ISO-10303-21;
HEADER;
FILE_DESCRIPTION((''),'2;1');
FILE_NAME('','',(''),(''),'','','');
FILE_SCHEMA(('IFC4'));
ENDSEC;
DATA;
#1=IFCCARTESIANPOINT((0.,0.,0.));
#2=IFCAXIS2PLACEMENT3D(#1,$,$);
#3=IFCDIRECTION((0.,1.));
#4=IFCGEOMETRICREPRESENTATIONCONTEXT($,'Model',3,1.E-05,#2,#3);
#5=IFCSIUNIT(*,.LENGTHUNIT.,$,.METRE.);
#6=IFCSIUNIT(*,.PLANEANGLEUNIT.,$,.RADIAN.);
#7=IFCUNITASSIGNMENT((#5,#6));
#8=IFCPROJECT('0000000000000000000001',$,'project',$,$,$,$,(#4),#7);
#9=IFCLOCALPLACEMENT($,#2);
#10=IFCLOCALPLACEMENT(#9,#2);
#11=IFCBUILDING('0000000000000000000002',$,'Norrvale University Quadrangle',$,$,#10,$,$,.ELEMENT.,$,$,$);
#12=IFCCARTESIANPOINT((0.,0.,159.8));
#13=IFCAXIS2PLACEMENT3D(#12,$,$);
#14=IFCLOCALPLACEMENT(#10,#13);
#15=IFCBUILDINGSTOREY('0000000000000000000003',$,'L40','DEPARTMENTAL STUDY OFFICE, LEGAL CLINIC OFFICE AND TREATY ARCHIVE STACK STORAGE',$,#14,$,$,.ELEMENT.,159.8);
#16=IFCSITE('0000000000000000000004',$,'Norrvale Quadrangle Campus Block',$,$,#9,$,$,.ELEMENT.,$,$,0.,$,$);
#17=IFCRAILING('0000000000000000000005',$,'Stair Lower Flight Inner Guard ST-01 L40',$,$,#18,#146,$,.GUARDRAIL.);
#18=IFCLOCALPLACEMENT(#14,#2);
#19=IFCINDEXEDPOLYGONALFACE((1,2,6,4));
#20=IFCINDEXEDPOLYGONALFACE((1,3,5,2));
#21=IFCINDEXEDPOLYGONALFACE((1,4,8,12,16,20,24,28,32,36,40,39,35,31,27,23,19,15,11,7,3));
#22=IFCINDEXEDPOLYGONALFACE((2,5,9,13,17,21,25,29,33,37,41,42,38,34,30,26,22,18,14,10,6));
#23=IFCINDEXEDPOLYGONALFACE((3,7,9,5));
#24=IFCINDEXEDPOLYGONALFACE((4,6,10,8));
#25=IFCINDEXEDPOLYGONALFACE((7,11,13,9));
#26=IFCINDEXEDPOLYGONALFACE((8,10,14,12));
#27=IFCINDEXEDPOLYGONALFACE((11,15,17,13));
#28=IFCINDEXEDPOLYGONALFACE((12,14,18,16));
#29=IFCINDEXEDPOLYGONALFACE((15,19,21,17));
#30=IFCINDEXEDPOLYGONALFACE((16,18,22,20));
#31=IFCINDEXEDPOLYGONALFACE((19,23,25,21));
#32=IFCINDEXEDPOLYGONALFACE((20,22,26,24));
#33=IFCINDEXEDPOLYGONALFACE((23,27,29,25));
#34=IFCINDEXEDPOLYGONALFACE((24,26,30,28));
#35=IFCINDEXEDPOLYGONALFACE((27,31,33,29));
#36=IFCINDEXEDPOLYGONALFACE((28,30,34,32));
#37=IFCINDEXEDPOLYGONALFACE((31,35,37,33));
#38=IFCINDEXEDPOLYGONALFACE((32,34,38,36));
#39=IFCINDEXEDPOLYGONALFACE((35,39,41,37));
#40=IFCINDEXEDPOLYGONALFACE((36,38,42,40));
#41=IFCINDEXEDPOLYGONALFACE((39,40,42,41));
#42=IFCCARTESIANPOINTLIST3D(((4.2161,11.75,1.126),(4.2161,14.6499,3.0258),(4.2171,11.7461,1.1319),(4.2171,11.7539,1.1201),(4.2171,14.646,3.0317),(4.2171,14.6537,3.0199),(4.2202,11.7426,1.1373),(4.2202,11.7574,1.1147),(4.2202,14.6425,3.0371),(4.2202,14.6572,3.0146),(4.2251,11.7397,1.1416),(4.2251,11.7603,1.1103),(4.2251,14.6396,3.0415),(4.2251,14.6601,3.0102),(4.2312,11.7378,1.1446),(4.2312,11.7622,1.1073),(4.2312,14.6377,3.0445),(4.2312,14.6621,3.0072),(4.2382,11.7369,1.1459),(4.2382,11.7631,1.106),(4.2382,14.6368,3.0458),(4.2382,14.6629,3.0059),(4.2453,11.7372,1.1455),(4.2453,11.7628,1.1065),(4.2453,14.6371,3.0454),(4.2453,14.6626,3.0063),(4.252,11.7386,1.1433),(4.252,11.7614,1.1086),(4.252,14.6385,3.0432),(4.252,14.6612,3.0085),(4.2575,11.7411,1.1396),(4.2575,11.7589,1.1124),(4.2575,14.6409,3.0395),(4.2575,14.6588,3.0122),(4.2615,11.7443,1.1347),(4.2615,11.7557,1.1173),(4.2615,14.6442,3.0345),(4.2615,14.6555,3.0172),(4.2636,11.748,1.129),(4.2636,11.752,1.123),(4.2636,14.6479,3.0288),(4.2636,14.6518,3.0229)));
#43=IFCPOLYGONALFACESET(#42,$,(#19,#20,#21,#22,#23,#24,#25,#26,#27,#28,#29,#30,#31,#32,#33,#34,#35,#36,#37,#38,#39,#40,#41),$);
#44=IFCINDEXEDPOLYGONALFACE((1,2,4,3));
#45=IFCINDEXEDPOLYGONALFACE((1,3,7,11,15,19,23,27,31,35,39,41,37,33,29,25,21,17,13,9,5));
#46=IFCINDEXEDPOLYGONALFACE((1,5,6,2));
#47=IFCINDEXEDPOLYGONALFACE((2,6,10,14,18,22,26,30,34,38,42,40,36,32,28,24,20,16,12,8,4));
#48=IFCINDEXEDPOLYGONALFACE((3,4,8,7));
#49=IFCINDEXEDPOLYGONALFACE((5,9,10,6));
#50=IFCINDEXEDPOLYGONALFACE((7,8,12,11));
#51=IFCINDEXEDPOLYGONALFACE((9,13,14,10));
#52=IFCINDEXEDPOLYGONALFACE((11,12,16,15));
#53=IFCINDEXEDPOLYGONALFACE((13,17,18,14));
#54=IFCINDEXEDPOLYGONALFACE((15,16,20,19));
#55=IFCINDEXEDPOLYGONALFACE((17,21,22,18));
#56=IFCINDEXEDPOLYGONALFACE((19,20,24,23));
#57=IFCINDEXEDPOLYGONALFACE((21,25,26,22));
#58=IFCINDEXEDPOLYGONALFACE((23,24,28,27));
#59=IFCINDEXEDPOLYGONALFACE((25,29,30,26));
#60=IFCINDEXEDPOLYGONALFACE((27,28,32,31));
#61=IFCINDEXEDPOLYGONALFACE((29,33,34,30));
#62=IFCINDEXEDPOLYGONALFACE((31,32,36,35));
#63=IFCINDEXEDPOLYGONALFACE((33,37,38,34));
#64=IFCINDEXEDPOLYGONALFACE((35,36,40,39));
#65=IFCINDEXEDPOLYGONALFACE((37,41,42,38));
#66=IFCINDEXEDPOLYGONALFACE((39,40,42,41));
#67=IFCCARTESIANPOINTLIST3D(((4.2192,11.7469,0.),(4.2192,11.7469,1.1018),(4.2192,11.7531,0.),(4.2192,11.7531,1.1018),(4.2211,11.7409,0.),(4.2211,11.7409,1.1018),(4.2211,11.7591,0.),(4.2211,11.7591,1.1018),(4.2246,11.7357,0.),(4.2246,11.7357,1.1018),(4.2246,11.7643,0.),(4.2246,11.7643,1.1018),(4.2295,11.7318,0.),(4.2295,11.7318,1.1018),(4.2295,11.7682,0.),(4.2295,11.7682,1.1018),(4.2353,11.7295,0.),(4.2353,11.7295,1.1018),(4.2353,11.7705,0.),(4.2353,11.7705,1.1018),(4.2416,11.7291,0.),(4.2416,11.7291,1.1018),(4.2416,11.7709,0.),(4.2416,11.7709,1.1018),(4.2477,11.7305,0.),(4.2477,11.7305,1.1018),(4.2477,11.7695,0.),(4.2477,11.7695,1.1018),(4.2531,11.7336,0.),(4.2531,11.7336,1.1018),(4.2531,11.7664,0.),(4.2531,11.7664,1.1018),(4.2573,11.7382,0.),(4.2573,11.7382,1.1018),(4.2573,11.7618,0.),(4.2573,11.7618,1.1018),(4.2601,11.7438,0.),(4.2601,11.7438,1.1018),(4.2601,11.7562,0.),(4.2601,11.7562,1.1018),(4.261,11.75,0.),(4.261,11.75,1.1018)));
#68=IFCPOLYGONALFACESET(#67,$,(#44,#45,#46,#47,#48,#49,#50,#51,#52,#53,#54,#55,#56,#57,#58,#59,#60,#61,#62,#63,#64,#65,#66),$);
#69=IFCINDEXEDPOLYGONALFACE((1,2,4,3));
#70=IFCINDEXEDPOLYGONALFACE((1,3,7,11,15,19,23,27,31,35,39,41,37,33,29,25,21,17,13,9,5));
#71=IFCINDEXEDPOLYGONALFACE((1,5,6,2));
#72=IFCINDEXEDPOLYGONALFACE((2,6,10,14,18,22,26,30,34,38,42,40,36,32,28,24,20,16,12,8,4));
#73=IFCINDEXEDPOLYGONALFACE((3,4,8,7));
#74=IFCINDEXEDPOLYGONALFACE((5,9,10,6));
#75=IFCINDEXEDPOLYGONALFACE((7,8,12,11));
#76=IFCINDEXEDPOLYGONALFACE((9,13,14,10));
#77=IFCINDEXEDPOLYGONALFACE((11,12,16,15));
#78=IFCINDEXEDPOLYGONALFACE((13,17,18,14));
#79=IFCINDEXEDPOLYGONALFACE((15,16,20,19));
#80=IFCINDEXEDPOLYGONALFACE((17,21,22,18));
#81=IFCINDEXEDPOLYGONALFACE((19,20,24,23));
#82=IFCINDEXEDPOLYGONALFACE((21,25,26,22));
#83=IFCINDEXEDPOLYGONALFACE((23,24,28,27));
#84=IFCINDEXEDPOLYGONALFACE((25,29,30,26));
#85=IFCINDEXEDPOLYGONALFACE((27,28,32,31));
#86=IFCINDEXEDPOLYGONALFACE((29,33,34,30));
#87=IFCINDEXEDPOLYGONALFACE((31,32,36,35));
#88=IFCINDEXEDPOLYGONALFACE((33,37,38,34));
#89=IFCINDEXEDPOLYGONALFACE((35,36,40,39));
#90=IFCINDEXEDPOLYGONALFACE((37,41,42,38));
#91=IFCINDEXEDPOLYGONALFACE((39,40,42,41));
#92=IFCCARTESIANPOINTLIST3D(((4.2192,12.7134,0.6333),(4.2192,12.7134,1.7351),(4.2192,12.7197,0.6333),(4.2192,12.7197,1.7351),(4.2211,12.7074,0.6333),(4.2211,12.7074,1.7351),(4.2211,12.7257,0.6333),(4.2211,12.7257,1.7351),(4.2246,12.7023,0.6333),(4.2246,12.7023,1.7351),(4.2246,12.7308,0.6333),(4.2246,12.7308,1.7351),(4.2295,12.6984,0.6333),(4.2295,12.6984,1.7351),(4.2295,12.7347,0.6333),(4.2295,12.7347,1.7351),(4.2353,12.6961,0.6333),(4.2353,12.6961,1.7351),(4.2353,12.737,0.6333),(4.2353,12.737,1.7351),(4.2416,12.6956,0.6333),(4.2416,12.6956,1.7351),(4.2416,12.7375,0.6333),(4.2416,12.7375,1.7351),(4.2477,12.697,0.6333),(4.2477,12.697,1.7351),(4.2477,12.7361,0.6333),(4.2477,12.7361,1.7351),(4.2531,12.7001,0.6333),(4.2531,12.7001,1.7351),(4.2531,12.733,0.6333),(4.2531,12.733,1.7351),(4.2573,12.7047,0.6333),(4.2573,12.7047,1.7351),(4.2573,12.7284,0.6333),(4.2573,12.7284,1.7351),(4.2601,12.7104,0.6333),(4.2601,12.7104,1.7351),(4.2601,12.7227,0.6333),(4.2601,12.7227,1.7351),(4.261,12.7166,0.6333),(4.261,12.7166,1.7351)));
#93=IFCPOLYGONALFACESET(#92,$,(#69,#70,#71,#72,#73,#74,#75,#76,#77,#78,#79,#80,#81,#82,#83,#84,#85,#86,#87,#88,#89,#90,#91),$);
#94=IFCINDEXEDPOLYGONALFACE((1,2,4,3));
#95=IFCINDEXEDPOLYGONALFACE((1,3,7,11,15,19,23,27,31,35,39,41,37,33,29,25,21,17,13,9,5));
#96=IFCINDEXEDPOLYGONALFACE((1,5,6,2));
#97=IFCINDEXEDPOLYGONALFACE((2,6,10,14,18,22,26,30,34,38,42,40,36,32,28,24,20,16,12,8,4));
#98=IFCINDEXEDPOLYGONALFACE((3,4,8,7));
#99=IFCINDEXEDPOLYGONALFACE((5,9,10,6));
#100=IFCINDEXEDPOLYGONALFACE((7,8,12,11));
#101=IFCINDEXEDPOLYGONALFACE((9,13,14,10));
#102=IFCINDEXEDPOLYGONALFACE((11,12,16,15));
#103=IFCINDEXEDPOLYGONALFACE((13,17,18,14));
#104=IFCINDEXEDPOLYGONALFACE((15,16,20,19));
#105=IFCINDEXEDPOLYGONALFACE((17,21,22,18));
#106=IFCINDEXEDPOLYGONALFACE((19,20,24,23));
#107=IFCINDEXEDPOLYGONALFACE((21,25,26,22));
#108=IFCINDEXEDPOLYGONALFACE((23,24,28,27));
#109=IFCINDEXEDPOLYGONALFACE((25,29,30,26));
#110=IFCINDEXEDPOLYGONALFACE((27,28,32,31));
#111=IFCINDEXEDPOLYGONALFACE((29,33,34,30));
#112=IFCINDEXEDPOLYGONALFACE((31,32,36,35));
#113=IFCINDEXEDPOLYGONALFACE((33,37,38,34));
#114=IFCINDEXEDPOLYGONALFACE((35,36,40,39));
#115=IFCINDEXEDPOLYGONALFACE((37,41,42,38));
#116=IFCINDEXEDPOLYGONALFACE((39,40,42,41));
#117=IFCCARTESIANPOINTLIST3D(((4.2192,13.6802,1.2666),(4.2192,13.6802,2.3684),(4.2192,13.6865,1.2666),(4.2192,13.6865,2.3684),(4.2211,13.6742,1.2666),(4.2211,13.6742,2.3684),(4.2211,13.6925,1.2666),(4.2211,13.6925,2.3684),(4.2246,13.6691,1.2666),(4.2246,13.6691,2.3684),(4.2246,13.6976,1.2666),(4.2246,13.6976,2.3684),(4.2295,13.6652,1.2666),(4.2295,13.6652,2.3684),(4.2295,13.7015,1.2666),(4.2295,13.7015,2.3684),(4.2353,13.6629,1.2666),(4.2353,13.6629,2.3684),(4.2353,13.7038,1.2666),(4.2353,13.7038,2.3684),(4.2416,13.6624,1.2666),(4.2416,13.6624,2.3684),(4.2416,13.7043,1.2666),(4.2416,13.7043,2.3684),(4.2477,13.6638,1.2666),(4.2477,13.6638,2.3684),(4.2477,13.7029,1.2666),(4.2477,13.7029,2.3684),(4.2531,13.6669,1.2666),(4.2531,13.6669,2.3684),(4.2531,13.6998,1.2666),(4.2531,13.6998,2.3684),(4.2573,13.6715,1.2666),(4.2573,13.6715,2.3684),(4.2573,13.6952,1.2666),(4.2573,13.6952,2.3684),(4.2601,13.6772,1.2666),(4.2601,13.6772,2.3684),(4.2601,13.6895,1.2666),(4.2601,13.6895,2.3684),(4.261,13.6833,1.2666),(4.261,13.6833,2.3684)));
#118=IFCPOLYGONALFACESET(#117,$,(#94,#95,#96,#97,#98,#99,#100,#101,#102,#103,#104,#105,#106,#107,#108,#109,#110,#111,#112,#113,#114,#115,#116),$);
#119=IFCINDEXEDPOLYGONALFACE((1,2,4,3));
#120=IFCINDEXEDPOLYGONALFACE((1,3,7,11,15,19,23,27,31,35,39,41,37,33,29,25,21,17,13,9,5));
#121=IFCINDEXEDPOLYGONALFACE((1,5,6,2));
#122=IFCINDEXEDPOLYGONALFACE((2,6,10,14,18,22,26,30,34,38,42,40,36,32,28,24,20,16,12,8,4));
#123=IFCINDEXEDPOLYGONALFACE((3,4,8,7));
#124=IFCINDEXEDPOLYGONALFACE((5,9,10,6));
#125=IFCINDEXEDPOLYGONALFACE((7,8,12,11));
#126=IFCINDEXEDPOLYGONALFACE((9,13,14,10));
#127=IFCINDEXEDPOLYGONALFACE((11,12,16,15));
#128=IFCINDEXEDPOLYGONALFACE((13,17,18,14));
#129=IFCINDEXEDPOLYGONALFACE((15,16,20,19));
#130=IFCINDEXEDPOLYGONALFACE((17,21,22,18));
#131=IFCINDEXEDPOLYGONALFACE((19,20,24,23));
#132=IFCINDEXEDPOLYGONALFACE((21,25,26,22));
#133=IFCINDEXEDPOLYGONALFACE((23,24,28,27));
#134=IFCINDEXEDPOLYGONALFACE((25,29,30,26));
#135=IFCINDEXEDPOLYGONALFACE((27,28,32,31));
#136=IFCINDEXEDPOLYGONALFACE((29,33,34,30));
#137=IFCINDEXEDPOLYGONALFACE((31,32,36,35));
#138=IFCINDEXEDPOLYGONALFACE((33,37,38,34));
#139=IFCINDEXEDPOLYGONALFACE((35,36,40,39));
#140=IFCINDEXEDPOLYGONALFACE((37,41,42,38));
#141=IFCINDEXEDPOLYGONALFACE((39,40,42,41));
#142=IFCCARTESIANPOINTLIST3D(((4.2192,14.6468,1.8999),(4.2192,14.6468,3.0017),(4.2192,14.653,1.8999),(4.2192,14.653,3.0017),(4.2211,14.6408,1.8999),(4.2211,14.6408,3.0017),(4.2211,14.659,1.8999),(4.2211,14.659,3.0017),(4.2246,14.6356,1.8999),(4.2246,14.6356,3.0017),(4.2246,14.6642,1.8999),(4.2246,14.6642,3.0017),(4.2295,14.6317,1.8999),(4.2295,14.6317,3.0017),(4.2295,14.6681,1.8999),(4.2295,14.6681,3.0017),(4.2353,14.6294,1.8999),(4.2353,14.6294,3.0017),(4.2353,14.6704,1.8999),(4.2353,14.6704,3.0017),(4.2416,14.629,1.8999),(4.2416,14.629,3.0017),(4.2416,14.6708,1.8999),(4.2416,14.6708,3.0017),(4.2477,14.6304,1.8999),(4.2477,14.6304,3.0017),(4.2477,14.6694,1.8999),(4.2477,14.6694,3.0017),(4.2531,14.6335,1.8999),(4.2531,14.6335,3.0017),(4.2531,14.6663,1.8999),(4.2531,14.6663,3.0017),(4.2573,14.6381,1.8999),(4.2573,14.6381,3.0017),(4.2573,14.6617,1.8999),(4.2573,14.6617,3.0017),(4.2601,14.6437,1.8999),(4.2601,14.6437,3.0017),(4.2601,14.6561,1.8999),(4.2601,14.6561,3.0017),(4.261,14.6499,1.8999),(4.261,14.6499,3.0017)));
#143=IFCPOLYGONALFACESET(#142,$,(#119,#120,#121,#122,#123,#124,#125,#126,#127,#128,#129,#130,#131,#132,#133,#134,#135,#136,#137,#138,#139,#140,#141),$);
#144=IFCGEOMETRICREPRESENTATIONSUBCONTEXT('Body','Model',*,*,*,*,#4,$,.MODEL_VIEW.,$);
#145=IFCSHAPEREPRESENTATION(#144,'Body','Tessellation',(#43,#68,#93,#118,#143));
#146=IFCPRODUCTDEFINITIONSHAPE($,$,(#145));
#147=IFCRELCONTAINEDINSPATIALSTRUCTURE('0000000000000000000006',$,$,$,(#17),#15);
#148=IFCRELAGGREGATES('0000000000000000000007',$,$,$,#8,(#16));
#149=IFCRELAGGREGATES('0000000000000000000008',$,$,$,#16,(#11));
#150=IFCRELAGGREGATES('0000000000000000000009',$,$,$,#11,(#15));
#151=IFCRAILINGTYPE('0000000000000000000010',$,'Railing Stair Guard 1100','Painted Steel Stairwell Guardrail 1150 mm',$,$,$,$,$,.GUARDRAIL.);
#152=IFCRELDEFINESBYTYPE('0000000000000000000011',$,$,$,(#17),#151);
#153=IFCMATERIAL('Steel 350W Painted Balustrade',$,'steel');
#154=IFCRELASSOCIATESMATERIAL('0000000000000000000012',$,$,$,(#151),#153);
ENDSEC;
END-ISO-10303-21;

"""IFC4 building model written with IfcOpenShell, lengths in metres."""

from ifc_helpers import new_model, si_unit, direction, frame, origin, origin_2d, place, context, subcontext, project, spatial, circle, extrude, material, type_object, element, save


model = new_model("IFC4")

# Units and contexts
model_context = context("Model", 3, precision=1e-05, world=origin(), true_north=direction((0.0, 1.0)))
body_context = subcontext(model_context, "Body", "Model", "MODEL_VIEW")
ifc_project = project(units=[si_unit("LENGTHUNIT", "METRE"), si_unit("PLANEANGLEUNIT", "RADIAN")], contexts=[model_context])

# Site, building, storey
site_placement = place(None, origin())
site = spatial("IfcSite", under=ifc_project, at=site_placement, Name="Norrvale Quadrangle Campus Block", CompositionType="ELEMENT", RefElevation=0.0)
building_placement = place(site_placement, origin())
building = spatial("IfcBuilding", under=site, at=building_placement, Name="Norrvale University Quadrangle", CompositionType="ELEMENT")
storey_placement = place(building_placement, frame((0.0, 0.0, 159.8)))
storey = spatial("IfcBuildingStorey", under=building, at=storey_placement, Name="L40", Description="DEPARTMENTAL STUDY OFFICE, LEGAL CLINIC OFFICE AND TREATY ARCHIVE STACK STORAGE", CompositionType="ELEMENT", Elevation=159.8)

# Railing
ifc_material_1 = material(Name="Steel 350W Painted Balustrade", Category="steel")
railing_type_1 = type_object("IfcRailingType", Name="Railing Stair Guard 1100", Description="Painted Steel Stairwell Guardrail 1150 mm", PredefinedType="GUARDRAIL", material=ifc_material_1)
railing_1_placement = place(storey_placement, frame((4.24, 11.75, 0.0)))
element("IfcRailing", 1, at=railing_1_placement, inside=storey, type_object=railing_type_1, Name="Stair Lower Flight Inner Guard ST-01 L40", PredefinedType="GUARDRAIL", context=body_context, shape_type="SweptSolid", body=[
    extrude(circle(Radius=0.0239, at=origin_2d()), frame((0.0, 0.0, 1.126), z_axis=(0.0, 0.836466, 0.548019), x_axis=(-1.0, 0.0, 0.0)), (0.0, 0.0, 1.0), 3.4668),
    extrude(circle(Radius=0.021, at=origin_2d()), origin(), (0.0, 0.0, 1.0), 1.1018),
    extrude(circle(Radius=0.021, at=origin_2d()), frame((0.0, 0.9666, 0.6333)), (0.0, 0.0, 1.0), 1.1018),
    extrude(circle(Radius=0.021, at=origin_2d()), frame((0.0, 1.9333, 1.2666)), (0.0, 0.0, 1.0), 1.1018),
    extrude(circle(Radius=0.021, at=origin_2d()), frame((0.0, 2.8999, 1.8999)), (0.0, 0.0, 1.0), 1.1018),
])

save(model, "model.ifc")
